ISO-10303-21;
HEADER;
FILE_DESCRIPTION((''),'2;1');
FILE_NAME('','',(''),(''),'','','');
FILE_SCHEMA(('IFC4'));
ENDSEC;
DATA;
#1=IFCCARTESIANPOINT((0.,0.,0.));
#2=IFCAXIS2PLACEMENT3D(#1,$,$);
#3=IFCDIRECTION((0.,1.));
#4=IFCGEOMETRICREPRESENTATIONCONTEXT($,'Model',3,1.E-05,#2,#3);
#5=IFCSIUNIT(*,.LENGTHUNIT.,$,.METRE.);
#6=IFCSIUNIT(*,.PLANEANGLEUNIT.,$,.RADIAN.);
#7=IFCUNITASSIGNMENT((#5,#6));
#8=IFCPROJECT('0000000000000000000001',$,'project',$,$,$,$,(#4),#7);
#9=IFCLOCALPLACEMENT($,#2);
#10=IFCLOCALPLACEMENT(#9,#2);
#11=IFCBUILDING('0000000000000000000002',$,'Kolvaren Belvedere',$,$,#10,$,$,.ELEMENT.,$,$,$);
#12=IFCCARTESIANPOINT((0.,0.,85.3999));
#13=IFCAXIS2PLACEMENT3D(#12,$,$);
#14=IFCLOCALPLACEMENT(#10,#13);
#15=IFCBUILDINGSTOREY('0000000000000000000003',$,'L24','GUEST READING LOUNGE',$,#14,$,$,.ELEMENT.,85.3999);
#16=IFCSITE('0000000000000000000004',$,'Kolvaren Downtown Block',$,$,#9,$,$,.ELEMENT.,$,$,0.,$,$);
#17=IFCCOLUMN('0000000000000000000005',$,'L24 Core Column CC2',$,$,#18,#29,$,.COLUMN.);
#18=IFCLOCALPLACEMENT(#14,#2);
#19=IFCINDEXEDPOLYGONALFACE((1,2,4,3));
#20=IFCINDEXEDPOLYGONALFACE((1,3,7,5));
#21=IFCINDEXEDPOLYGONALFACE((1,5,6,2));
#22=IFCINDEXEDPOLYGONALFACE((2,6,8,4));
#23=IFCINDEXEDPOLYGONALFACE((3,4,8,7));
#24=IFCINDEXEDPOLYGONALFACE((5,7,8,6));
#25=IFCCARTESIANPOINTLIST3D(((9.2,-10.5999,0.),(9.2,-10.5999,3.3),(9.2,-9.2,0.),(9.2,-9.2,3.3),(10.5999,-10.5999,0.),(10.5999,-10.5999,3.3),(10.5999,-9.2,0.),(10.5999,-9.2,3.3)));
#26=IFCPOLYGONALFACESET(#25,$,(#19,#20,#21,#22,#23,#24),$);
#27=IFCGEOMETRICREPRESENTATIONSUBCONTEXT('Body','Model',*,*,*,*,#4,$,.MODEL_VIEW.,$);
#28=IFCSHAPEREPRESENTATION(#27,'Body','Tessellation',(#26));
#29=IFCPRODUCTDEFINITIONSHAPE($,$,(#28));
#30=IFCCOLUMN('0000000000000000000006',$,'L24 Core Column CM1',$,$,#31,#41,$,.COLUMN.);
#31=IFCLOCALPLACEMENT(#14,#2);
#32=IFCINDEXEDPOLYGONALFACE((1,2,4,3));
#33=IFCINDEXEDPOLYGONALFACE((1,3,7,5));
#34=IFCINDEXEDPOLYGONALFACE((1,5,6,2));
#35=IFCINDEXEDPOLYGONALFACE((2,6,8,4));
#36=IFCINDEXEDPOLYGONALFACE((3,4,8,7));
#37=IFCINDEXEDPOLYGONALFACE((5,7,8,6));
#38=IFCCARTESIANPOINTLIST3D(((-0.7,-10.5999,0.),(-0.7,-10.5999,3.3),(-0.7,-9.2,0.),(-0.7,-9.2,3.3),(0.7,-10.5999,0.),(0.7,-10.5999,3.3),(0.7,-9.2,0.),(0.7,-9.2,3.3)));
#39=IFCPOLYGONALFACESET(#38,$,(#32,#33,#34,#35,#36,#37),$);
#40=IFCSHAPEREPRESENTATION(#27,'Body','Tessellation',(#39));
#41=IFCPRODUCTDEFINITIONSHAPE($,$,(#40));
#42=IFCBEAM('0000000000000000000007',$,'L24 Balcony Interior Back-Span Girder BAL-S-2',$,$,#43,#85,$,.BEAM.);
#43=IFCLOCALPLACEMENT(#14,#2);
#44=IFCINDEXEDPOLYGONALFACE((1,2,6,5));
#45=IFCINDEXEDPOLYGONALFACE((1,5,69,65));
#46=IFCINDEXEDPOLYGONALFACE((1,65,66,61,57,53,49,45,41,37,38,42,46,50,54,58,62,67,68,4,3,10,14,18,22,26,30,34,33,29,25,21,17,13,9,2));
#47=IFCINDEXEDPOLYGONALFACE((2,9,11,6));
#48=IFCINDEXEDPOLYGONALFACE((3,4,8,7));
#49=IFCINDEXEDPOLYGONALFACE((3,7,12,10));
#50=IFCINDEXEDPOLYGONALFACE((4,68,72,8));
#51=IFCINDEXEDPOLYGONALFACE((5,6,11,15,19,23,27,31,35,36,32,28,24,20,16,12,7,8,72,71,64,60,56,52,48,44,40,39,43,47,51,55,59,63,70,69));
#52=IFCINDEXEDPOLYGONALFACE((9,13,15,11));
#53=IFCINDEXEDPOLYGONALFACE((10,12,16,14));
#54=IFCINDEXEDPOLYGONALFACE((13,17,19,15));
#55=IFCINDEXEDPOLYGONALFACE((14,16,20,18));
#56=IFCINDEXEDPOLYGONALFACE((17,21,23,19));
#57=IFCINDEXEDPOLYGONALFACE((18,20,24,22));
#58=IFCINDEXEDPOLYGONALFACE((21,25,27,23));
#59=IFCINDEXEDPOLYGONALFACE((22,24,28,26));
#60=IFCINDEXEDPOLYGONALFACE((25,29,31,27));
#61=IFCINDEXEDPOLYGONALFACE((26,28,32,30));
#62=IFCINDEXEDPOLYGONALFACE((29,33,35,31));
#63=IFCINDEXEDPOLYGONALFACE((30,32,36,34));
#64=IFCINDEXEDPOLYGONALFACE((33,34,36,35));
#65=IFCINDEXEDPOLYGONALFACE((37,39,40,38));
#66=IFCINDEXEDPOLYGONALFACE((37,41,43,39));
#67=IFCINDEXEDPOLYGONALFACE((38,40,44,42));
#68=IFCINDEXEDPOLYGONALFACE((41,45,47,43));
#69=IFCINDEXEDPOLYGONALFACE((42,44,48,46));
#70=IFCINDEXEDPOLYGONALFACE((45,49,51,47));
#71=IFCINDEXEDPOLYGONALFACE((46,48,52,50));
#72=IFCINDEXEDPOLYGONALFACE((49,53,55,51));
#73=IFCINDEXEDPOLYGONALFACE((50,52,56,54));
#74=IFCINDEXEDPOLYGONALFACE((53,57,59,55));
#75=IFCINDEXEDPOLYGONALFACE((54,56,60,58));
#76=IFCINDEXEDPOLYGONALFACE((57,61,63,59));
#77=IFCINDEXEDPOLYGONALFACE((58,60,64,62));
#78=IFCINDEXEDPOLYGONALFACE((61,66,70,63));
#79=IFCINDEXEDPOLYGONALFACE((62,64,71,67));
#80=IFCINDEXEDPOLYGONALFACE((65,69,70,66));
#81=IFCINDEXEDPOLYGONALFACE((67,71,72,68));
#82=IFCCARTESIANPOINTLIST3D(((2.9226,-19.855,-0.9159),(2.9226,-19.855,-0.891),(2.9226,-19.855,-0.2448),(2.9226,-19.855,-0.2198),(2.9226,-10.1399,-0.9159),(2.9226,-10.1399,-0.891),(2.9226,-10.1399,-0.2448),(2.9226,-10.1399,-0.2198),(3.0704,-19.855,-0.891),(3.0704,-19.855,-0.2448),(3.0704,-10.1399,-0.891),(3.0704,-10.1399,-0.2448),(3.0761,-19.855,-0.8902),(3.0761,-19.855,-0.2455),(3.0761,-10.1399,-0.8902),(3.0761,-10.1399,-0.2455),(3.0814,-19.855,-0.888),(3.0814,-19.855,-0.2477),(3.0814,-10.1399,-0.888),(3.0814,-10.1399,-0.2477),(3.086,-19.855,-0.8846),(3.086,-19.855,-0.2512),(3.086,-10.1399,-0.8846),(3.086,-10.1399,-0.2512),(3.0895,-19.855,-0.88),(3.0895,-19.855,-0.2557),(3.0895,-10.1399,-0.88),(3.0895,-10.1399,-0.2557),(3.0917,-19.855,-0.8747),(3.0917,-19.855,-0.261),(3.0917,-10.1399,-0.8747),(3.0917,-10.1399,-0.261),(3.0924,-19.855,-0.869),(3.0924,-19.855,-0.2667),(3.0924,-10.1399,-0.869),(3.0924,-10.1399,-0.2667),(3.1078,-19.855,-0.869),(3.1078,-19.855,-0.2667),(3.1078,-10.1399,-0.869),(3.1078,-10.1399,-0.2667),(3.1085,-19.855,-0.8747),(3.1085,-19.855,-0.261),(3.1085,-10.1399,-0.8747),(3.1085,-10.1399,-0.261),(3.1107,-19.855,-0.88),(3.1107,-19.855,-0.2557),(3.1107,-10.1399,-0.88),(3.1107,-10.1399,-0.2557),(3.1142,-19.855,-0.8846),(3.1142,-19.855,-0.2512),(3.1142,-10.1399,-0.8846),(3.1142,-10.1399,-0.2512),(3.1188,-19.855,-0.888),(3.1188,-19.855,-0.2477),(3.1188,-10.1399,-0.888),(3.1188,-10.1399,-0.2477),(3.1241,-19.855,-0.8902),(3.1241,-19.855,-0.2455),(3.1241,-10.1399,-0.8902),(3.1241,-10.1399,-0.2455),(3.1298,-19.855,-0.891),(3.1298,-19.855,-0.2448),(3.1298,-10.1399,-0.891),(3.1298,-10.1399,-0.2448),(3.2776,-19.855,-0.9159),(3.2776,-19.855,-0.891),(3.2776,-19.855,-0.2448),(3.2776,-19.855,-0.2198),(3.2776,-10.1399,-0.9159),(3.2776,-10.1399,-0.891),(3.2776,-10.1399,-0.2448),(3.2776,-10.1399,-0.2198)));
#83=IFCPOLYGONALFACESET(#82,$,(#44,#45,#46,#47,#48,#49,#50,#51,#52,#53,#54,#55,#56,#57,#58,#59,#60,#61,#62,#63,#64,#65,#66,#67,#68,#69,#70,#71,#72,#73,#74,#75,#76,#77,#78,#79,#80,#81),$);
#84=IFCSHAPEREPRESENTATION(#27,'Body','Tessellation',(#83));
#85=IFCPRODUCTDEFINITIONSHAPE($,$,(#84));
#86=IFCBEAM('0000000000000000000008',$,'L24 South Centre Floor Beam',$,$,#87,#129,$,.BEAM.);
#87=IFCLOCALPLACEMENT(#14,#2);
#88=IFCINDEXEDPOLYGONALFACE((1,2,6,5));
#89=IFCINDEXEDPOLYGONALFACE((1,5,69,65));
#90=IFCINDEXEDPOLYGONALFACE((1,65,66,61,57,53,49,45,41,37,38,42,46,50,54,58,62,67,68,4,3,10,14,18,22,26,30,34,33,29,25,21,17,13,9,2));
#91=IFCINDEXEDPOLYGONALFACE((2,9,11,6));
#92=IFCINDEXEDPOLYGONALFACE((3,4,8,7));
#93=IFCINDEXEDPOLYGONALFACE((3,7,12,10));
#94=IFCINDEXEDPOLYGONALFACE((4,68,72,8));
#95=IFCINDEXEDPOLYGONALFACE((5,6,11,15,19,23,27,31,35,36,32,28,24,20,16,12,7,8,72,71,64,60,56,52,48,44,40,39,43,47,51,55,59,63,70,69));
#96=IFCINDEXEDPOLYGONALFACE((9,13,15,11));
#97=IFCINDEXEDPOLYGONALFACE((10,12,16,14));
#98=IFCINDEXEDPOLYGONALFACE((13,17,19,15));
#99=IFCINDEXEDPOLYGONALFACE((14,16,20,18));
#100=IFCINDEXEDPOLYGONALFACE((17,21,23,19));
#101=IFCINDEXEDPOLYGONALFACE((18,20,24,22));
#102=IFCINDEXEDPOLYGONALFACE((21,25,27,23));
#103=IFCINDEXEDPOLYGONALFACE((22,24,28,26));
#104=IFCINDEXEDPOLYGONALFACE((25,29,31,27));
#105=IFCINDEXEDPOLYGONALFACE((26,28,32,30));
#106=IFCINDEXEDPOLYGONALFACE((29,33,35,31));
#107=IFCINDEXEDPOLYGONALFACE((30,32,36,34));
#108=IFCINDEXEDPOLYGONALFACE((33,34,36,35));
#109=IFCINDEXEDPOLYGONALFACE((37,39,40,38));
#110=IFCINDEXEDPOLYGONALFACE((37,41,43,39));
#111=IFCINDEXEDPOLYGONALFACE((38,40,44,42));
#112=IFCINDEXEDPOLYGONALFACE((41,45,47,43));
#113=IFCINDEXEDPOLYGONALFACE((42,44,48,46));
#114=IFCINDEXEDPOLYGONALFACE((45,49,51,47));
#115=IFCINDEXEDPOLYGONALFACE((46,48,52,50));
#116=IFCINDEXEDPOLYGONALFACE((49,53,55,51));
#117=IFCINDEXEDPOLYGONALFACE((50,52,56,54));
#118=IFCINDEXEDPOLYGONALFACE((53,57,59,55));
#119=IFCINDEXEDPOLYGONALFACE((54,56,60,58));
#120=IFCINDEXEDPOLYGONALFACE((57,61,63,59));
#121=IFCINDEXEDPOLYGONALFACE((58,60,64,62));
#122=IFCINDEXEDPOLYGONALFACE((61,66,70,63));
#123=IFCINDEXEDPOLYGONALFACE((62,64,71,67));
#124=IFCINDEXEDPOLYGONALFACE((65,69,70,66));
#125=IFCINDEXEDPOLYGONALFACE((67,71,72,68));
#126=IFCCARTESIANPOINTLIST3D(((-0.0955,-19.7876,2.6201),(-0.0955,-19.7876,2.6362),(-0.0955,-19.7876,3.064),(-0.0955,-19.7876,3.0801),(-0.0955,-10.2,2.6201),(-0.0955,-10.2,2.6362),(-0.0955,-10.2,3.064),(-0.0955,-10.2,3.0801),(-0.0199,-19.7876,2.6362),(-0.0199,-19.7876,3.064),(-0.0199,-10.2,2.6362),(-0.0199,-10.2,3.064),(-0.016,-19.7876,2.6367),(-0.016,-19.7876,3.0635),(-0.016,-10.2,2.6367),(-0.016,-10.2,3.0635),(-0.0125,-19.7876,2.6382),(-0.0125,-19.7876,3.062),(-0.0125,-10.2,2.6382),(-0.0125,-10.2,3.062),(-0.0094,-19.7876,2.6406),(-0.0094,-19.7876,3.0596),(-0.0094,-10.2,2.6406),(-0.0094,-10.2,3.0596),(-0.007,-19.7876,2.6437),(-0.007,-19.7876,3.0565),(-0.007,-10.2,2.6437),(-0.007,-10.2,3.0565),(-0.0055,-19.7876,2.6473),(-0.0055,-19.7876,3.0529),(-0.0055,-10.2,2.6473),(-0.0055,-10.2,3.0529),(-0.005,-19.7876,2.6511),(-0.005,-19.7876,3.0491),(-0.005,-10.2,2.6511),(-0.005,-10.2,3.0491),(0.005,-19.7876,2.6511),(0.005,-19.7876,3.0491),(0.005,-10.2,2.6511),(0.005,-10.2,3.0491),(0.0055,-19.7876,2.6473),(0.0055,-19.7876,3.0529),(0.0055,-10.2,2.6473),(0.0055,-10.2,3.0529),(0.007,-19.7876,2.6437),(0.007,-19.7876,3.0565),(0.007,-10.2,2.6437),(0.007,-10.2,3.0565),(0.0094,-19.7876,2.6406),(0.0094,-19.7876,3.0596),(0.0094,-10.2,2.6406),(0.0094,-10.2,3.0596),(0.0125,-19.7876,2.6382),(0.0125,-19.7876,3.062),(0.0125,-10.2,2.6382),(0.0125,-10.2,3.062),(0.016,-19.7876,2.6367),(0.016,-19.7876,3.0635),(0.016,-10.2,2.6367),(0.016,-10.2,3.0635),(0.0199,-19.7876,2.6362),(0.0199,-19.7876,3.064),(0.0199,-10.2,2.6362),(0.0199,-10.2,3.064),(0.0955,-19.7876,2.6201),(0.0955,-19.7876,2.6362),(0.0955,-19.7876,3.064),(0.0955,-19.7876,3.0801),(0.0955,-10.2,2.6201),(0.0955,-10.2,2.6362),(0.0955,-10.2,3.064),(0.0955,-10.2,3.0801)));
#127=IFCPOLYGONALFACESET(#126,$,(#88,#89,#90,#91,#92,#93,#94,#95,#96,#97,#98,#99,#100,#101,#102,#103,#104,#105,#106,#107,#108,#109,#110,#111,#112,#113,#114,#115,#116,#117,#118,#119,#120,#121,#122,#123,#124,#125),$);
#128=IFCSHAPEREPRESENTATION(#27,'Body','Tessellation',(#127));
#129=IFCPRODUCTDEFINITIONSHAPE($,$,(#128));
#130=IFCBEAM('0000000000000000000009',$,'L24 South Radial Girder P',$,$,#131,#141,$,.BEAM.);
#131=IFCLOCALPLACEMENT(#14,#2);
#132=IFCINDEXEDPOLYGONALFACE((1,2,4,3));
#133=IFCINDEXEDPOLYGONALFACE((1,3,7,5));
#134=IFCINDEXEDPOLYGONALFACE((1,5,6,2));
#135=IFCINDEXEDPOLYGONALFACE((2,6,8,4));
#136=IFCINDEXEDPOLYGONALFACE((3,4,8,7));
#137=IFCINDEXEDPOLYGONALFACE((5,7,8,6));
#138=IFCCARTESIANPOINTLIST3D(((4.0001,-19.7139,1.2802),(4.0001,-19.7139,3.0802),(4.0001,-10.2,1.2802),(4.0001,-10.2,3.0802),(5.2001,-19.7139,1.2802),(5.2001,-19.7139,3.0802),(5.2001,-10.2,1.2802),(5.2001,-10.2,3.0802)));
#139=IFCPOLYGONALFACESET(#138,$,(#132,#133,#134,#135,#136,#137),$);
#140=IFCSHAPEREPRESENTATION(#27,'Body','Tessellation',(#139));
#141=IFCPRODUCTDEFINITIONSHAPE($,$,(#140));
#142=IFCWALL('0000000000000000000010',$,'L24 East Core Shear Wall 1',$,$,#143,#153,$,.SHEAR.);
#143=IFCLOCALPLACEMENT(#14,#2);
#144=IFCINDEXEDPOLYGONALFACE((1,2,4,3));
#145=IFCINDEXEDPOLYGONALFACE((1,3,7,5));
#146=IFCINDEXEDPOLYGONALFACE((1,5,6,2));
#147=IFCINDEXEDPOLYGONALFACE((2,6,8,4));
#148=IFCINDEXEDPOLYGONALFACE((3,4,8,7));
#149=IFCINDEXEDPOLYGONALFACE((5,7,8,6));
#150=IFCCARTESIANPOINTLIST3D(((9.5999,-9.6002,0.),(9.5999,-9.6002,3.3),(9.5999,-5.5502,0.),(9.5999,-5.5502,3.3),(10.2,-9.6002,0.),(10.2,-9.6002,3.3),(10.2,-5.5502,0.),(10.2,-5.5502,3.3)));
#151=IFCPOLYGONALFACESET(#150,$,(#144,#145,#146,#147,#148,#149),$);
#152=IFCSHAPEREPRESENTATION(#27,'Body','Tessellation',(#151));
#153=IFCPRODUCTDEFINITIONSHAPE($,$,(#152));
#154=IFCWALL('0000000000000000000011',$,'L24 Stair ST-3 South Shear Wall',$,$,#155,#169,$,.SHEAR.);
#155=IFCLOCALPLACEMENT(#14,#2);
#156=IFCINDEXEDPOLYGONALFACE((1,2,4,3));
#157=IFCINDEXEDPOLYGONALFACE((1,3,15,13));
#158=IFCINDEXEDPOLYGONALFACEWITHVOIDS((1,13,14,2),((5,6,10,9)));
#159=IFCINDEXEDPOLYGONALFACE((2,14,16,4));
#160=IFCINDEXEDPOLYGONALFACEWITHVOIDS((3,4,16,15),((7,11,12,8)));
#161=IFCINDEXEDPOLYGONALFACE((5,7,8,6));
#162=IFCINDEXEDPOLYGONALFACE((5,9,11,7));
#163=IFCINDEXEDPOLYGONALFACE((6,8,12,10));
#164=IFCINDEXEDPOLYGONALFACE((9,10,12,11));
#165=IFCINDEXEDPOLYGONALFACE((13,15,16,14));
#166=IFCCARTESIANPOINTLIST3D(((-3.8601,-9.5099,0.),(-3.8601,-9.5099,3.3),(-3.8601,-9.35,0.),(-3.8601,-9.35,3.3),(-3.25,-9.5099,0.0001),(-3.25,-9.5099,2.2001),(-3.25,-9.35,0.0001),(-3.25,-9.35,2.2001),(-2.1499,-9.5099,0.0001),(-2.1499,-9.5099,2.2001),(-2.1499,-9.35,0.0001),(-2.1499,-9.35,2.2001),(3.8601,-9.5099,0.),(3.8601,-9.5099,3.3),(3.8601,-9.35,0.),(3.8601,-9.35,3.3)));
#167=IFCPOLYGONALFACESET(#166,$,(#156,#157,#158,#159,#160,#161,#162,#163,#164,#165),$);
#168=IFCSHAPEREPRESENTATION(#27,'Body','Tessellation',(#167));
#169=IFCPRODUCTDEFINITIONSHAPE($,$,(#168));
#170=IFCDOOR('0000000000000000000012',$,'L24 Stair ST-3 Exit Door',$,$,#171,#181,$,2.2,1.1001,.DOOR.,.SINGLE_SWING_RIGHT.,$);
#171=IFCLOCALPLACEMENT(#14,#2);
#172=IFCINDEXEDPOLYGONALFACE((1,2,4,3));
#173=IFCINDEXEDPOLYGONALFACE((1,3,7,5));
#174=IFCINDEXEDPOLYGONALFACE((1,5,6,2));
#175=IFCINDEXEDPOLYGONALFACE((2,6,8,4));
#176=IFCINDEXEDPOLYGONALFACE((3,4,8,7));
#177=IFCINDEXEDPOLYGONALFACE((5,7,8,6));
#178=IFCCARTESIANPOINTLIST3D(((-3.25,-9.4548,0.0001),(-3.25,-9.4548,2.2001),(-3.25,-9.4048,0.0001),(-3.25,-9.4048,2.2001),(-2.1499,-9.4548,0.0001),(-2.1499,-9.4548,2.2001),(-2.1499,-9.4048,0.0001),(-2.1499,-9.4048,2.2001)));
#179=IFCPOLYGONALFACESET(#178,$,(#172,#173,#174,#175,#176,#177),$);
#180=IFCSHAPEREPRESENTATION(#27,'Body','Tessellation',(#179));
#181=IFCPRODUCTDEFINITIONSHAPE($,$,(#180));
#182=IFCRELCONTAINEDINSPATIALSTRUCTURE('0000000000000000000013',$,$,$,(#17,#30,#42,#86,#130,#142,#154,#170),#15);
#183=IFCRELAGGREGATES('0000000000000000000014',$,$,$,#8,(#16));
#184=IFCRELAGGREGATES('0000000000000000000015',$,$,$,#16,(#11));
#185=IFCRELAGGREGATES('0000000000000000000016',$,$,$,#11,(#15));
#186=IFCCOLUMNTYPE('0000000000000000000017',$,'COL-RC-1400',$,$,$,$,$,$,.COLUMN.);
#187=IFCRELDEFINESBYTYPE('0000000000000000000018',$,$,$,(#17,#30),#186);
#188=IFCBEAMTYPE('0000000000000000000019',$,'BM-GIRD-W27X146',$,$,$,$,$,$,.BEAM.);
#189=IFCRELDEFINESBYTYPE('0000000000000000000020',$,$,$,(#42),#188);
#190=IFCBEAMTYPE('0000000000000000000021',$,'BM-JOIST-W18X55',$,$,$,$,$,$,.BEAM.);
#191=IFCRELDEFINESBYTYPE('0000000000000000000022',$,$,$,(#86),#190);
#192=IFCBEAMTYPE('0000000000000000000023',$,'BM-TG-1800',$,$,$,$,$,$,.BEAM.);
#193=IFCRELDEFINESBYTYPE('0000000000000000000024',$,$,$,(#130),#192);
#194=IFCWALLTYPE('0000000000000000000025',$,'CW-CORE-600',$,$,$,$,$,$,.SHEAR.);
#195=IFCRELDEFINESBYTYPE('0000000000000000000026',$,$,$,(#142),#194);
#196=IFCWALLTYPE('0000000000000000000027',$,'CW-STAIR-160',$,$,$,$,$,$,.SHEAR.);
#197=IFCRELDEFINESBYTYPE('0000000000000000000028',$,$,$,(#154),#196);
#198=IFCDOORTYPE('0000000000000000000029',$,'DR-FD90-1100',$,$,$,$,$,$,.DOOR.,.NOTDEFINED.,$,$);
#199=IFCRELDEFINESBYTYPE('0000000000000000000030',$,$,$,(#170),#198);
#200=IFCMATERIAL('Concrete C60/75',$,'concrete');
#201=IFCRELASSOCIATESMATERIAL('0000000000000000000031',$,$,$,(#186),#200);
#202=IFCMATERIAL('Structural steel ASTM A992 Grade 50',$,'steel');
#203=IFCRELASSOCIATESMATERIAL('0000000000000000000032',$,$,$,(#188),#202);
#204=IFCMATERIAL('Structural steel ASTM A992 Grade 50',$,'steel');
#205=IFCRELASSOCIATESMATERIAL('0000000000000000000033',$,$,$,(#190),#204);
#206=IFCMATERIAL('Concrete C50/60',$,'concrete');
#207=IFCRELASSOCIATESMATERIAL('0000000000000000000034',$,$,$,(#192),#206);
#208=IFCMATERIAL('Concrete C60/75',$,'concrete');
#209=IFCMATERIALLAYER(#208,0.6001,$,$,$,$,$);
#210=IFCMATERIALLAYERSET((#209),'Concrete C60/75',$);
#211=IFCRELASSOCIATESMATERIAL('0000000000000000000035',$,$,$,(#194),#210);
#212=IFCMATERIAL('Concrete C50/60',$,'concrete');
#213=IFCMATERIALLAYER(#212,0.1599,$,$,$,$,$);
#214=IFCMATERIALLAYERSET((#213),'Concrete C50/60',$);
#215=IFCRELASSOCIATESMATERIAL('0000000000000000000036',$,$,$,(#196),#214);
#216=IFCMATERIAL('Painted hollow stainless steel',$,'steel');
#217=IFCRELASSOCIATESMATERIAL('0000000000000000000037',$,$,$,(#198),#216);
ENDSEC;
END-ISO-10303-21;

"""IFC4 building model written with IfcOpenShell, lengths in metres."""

from ifc_helpers import new_model, si_unit, direction, frame, frame_2d, origin, origin_2d, place, context, subcontext, project, spatial, rectangle, i_section, extrude, material, layer, layer_set, material_profile, profile_set, type_object, element, fill, save


model = new_model("IFC4")

# Units and contexts
model_context = context("Model", 3, precision=1e-05, world=origin(), true_north=direction((0.0, 1.0)))
body_context = subcontext(model_context, "Body", "Model", "MODEL_VIEW")
ifc_project = project(units=[si_unit("LENGTHUNIT", "METRE"), si_unit("PLANEANGLEUNIT", "RADIAN")], contexts=[model_context])

# Site, building, storey
site_placement = place(None, origin())
site = spatial("IfcSite", under=ifc_project, at=site_placement, Name="Kolvaren Downtown Block", CompositionType="ELEMENT", RefElevation=0.0)
building_placement = place(site_placement, origin())
building = spatial("IfcBuilding", under=site, at=building_placement, Name="Kolvaren Belvedere", CompositionType="ELEMENT")
storey_placement = place(building_placement, frame((0.0, 0.0, 85.3999)))
storey = spatial("IfcBuildingStorey", under=building, at=storey_placement, Name="L24", Description="GUEST READING LOUNGE", CompositionType="ELEMENT", Elevation=85.3999)

# Columns
ifc_material_1 = material(Name="Concrete C60/75", Category="concrete")
ifc_material_profile_1 = material_profile(ifc_material_1, rectangle(XDim=1.3999, YDim=1.3999, at=origin_2d()), Name="RC 1400X1400")
ifc_profile_set_1 = profile_set([ifc_material_profile_1], Name="Concrete C60/75")
column_type = type_object("IfcColumnType", Name="COL-RC-1400", PredefinedType="COLUMN", material=ifc_profile_set_1)
for number, where, z_axis, x_axis, name in (
    (1, (9.8999, -9.8999, 0.0), (0.0, 0.0, 1.0), (1.0, 0.0, 0.0), "L24 Core Column CC2"),
    (2, (0.0, -9.8999, 0.0), (0.0, 0.0, 1.0), (1.0, 0.0, 0.0), "L24 Core Column CM1"),
):
    element("IfcColumn", number, at=place(storey_placement, frame(where, z_axis=z_axis, x_axis=x_axis)), inside=storey, type_object=column_type, Name=name, PredefinedType="COLUMN", context=body_context, shape_type="SweptSolid", body=[
        extrude(rectangle(XDim=1.3999, YDim=1.3999, at=origin_2d()), origin(), (0.0, 0.0, 1.0), 3.3),
    ])

# Beams
ifc_material_2 = material(Name="Structural steel ASTM A992 Grade 50", Category="steel")
ifc_material_profile_2 = material_profile(ifc_material_2, i_section(OverallWidth=0.355, OverallDepth=0.696, WebThickness=0.0154, FlangeThickness=0.0249, FilletRadius=0.022, at=origin_2d()), Name="W27X146")
ifc_profile_set_2 = profile_set([ifc_material_profile_2], Name="Structural steel ASTM A992 Grade 50")
beam_type_1 = type_object("IfcBeamType", Name="BM-GIRD-W27X146", PredefinedType="BEAM", material=ifc_profile_set_2)
beam_1_placement = place(storey_placement, frame((3.1001, -10.1399, -0.5679), z_axis=(0.0, -1.0, 0.0), x_axis=(1.0, 0.0, 0.0)))
element("IfcBeam", 3, at=beam_1_placement, inside=storey, type_object=beam_type_1, Name="L24 Balcony Interior Back-Span Girder BAL-S-2", PredefinedType="BEAM", context=body_context, shape_type="SweptSolid", body=[
    extrude(i_section(OverallWidth=0.355, OverallDepth=0.696, WebThickness=0.0154, FlangeThickness=0.0249, FilletRadius=0.022, at=origin_2d()), origin(), (0.0, 0.0, 1.0), 9.7151),
])
ifc_material_3 = material(Name="Structural steel ASTM A992 Grade 50", Category="steel")
ifc_material_profile_3 = material_profile(ifc_material_3, i_section(OverallWidth=0.1909, OverallDepth=0.46, WebThickness=0.01, FlangeThickness=0.0161, FilletRadius=0.0149, at=origin_2d()), Name="W18X55")
ifc_profile_set_3 = profile_set([ifc_material_profile_3], Name="Structural steel ASTM A992 Grade 50")
beam_type_2 = type_object("IfcBeamType", Name="BM-JOIST-W18X55", PredefinedType="BEAM", material=ifc_profile_set_3)
beam_2_placement = place(storey_placement, frame((0.0, -10.2, 2.8501), z_axis=(0.0, -1.0, 0.0), x_axis=(1.0, 0.0, 0.0)))
element("IfcBeam", 4, at=beam_2_placement, inside=storey, type_object=beam_type_2, Name="L24 South Centre Floor Beam", PredefinedType="BEAM", context=body_context, shape_type="SweptSolid", body=[
    extrude(i_section(OverallWidth=0.1909, OverallDepth=0.46, WebThickness=0.01, FlangeThickness=0.0161, FilletRadius=0.0149, at=origin_2d()), origin(), (0.0, 0.0, 1.0), 9.5876),
])
ifc_material_4 = material(Name="Concrete C50/60", Category="concrete")
ifc_material_profile_4 = material_profile(ifc_material_4, rectangle(XDim=1.2, YDim=1.8, at=origin_2d()), Name="RC 1200X1800")
ifc_profile_set_4 = profile_set([ifc_material_profile_4], Name="Concrete C50/60")
beam_type_3 = type_object("IfcBeamType", Name="BM-TG-1800", PredefinedType="BEAM", material=ifc_profile_set_4)
beam_3_placement = place(storey_placement, frame((4.6001, -10.2, 2.1802), z_axis=(0.0, -1.0, 0.0), x_axis=(1.0, 0.0, 0.0)))
element("IfcBeam", 5, at=beam_3_placement, inside=storey, type_object=beam_type_3, Name="L24 South Radial Girder P", PredefinedType="BEAM", context=body_context, shape_type="SweptSolid", body=[
    extrude(rectangle(XDim=1.2, YDim=1.8, at=origin_2d()), origin(), (0.0, 0.0, 1.0), 9.5139),
])

# Wall
ifc_material_5 = material(Name="Concrete C60/75", Category="concrete")
ifc_layer_1 = layer(ifc_material_5, 0.6001)
ifc_layer_set_1 = layer_set([ifc_layer_1], Name="Concrete C60/75")
wall_type_1 = type_object("IfcWallType", Name="CW-CORE-600", PredefinedType="SHEAR", material=ifc_layer_set_1)
wall_1_placement = place(storey_placement, frame((9.8999, -9.6001, 0.0), z_axis=(0.0, 0.0, 1.0), x_axis=(0.0, 1.0, 0.0)))
element("IfcWall", 6, at=wall_1_placement, inside=storey, type_object=wall_type_1, Name="L24 East Core Shear Wall 1", PredefinedType="SHEAR", context=body_context, shape_type="SweptSolid", body=[
    extrude(rectangle(XDim=4.05, YDim=0.6001, at=frame_2d((2.0249, 0.0))), origin(), (0.0, 0.0, 1.0), 3.3),
])

# Wall, opening, door
ifc_material_6 = material(Name="Concrete C50/60", Category="concrete")
ifc_layer_2 = layer(ifc_material_6, 0.1599)
ifc_layer_set_2 = layer_set([ifc_layer_2], Name="Concrete C50/60")
wall_type_2 = type_object("IfcWallType", Name="CW-STAIR-160", PredefinedType="SHEAR", material=ifc_layer_set_2)
wall_2_placement = place(storey_placement, frame((3.8601, -9.4299, 0.0), z_axis=(0.0, 0.0, 1.0), x_axis=(-1.0, 0.0, 0.0)))
wall_2 = element("IfcWall", 7, at=wall_2_placement, inside=storey, type_object=wall_type_2, Name="L24 Stair ST-3 South Shear Wall", PredefinedType="SHEAR", context=body_context, shape_type="SweptSolid", body=[
    extrude(rectangle(XDim=7.7202, YDim=0.1599, at=frame_2d((3.8601, 0.0))), origin(), (0.0, 0.0, 1.0), 3.3),
])
opening_1_placement = place(wall_2_placement, frame((6.01, 0.0, 0.0)))
opening_1 = element("IfcOpeningElement", 8, at=opening_1_placement, cuts=wall_2, PredefinedType="OPENING", context=body_context, shape_type="SweptSolid", body=[
    extrude(rectangle(XDim=1.1001, YDim=2.2, at=frame_2d((0.55, 1.1001))), frame((0.0, 0.0898, 0.0), z_axis=(0.0, -1.0, 0.0), x_axis=(1.0, 0.0, 0.0)), (0.0, 0.0, 1.0), 0.1799),
])
ifc_material_7 = material(Name="Painted hollow stainless steel", Category="steel")
door_type_1 = type_object("IfcDoorType", Name="DR-FD90-1100", OperationType="NOTDEFINED", PredefinedType="DOOR", material=ifc_material_7)
door_1_placement = place(opening_1_placement, origin())
door_1 = element("IfcDoor", 9, at=door_1_placement, inside=storey, type_object=door_type_1, Name="L24 Stair ST-3 Exit Door", OperationType="SINGLE_SWING_RIGHT", OverallHeight=2.2, OverallWidth=1.1001, PredefinedType="DOOR", context=body_context, shape_type="SweptSolid", body=[
    extrude(rectangle(XDim=1.1001, YDim=2.2, at=frame_2d((0.55, 1.1001))), frame((0.0, 0.0249, 0.0), z_axis=(0.0, -1.0, 0.0), x_axis=(1.0, 0.0, 0.0)), (0.0, 0.0, 1.0), 0.05),
])
fill(opening_1, door_1)

save(model, "model.ifc")
